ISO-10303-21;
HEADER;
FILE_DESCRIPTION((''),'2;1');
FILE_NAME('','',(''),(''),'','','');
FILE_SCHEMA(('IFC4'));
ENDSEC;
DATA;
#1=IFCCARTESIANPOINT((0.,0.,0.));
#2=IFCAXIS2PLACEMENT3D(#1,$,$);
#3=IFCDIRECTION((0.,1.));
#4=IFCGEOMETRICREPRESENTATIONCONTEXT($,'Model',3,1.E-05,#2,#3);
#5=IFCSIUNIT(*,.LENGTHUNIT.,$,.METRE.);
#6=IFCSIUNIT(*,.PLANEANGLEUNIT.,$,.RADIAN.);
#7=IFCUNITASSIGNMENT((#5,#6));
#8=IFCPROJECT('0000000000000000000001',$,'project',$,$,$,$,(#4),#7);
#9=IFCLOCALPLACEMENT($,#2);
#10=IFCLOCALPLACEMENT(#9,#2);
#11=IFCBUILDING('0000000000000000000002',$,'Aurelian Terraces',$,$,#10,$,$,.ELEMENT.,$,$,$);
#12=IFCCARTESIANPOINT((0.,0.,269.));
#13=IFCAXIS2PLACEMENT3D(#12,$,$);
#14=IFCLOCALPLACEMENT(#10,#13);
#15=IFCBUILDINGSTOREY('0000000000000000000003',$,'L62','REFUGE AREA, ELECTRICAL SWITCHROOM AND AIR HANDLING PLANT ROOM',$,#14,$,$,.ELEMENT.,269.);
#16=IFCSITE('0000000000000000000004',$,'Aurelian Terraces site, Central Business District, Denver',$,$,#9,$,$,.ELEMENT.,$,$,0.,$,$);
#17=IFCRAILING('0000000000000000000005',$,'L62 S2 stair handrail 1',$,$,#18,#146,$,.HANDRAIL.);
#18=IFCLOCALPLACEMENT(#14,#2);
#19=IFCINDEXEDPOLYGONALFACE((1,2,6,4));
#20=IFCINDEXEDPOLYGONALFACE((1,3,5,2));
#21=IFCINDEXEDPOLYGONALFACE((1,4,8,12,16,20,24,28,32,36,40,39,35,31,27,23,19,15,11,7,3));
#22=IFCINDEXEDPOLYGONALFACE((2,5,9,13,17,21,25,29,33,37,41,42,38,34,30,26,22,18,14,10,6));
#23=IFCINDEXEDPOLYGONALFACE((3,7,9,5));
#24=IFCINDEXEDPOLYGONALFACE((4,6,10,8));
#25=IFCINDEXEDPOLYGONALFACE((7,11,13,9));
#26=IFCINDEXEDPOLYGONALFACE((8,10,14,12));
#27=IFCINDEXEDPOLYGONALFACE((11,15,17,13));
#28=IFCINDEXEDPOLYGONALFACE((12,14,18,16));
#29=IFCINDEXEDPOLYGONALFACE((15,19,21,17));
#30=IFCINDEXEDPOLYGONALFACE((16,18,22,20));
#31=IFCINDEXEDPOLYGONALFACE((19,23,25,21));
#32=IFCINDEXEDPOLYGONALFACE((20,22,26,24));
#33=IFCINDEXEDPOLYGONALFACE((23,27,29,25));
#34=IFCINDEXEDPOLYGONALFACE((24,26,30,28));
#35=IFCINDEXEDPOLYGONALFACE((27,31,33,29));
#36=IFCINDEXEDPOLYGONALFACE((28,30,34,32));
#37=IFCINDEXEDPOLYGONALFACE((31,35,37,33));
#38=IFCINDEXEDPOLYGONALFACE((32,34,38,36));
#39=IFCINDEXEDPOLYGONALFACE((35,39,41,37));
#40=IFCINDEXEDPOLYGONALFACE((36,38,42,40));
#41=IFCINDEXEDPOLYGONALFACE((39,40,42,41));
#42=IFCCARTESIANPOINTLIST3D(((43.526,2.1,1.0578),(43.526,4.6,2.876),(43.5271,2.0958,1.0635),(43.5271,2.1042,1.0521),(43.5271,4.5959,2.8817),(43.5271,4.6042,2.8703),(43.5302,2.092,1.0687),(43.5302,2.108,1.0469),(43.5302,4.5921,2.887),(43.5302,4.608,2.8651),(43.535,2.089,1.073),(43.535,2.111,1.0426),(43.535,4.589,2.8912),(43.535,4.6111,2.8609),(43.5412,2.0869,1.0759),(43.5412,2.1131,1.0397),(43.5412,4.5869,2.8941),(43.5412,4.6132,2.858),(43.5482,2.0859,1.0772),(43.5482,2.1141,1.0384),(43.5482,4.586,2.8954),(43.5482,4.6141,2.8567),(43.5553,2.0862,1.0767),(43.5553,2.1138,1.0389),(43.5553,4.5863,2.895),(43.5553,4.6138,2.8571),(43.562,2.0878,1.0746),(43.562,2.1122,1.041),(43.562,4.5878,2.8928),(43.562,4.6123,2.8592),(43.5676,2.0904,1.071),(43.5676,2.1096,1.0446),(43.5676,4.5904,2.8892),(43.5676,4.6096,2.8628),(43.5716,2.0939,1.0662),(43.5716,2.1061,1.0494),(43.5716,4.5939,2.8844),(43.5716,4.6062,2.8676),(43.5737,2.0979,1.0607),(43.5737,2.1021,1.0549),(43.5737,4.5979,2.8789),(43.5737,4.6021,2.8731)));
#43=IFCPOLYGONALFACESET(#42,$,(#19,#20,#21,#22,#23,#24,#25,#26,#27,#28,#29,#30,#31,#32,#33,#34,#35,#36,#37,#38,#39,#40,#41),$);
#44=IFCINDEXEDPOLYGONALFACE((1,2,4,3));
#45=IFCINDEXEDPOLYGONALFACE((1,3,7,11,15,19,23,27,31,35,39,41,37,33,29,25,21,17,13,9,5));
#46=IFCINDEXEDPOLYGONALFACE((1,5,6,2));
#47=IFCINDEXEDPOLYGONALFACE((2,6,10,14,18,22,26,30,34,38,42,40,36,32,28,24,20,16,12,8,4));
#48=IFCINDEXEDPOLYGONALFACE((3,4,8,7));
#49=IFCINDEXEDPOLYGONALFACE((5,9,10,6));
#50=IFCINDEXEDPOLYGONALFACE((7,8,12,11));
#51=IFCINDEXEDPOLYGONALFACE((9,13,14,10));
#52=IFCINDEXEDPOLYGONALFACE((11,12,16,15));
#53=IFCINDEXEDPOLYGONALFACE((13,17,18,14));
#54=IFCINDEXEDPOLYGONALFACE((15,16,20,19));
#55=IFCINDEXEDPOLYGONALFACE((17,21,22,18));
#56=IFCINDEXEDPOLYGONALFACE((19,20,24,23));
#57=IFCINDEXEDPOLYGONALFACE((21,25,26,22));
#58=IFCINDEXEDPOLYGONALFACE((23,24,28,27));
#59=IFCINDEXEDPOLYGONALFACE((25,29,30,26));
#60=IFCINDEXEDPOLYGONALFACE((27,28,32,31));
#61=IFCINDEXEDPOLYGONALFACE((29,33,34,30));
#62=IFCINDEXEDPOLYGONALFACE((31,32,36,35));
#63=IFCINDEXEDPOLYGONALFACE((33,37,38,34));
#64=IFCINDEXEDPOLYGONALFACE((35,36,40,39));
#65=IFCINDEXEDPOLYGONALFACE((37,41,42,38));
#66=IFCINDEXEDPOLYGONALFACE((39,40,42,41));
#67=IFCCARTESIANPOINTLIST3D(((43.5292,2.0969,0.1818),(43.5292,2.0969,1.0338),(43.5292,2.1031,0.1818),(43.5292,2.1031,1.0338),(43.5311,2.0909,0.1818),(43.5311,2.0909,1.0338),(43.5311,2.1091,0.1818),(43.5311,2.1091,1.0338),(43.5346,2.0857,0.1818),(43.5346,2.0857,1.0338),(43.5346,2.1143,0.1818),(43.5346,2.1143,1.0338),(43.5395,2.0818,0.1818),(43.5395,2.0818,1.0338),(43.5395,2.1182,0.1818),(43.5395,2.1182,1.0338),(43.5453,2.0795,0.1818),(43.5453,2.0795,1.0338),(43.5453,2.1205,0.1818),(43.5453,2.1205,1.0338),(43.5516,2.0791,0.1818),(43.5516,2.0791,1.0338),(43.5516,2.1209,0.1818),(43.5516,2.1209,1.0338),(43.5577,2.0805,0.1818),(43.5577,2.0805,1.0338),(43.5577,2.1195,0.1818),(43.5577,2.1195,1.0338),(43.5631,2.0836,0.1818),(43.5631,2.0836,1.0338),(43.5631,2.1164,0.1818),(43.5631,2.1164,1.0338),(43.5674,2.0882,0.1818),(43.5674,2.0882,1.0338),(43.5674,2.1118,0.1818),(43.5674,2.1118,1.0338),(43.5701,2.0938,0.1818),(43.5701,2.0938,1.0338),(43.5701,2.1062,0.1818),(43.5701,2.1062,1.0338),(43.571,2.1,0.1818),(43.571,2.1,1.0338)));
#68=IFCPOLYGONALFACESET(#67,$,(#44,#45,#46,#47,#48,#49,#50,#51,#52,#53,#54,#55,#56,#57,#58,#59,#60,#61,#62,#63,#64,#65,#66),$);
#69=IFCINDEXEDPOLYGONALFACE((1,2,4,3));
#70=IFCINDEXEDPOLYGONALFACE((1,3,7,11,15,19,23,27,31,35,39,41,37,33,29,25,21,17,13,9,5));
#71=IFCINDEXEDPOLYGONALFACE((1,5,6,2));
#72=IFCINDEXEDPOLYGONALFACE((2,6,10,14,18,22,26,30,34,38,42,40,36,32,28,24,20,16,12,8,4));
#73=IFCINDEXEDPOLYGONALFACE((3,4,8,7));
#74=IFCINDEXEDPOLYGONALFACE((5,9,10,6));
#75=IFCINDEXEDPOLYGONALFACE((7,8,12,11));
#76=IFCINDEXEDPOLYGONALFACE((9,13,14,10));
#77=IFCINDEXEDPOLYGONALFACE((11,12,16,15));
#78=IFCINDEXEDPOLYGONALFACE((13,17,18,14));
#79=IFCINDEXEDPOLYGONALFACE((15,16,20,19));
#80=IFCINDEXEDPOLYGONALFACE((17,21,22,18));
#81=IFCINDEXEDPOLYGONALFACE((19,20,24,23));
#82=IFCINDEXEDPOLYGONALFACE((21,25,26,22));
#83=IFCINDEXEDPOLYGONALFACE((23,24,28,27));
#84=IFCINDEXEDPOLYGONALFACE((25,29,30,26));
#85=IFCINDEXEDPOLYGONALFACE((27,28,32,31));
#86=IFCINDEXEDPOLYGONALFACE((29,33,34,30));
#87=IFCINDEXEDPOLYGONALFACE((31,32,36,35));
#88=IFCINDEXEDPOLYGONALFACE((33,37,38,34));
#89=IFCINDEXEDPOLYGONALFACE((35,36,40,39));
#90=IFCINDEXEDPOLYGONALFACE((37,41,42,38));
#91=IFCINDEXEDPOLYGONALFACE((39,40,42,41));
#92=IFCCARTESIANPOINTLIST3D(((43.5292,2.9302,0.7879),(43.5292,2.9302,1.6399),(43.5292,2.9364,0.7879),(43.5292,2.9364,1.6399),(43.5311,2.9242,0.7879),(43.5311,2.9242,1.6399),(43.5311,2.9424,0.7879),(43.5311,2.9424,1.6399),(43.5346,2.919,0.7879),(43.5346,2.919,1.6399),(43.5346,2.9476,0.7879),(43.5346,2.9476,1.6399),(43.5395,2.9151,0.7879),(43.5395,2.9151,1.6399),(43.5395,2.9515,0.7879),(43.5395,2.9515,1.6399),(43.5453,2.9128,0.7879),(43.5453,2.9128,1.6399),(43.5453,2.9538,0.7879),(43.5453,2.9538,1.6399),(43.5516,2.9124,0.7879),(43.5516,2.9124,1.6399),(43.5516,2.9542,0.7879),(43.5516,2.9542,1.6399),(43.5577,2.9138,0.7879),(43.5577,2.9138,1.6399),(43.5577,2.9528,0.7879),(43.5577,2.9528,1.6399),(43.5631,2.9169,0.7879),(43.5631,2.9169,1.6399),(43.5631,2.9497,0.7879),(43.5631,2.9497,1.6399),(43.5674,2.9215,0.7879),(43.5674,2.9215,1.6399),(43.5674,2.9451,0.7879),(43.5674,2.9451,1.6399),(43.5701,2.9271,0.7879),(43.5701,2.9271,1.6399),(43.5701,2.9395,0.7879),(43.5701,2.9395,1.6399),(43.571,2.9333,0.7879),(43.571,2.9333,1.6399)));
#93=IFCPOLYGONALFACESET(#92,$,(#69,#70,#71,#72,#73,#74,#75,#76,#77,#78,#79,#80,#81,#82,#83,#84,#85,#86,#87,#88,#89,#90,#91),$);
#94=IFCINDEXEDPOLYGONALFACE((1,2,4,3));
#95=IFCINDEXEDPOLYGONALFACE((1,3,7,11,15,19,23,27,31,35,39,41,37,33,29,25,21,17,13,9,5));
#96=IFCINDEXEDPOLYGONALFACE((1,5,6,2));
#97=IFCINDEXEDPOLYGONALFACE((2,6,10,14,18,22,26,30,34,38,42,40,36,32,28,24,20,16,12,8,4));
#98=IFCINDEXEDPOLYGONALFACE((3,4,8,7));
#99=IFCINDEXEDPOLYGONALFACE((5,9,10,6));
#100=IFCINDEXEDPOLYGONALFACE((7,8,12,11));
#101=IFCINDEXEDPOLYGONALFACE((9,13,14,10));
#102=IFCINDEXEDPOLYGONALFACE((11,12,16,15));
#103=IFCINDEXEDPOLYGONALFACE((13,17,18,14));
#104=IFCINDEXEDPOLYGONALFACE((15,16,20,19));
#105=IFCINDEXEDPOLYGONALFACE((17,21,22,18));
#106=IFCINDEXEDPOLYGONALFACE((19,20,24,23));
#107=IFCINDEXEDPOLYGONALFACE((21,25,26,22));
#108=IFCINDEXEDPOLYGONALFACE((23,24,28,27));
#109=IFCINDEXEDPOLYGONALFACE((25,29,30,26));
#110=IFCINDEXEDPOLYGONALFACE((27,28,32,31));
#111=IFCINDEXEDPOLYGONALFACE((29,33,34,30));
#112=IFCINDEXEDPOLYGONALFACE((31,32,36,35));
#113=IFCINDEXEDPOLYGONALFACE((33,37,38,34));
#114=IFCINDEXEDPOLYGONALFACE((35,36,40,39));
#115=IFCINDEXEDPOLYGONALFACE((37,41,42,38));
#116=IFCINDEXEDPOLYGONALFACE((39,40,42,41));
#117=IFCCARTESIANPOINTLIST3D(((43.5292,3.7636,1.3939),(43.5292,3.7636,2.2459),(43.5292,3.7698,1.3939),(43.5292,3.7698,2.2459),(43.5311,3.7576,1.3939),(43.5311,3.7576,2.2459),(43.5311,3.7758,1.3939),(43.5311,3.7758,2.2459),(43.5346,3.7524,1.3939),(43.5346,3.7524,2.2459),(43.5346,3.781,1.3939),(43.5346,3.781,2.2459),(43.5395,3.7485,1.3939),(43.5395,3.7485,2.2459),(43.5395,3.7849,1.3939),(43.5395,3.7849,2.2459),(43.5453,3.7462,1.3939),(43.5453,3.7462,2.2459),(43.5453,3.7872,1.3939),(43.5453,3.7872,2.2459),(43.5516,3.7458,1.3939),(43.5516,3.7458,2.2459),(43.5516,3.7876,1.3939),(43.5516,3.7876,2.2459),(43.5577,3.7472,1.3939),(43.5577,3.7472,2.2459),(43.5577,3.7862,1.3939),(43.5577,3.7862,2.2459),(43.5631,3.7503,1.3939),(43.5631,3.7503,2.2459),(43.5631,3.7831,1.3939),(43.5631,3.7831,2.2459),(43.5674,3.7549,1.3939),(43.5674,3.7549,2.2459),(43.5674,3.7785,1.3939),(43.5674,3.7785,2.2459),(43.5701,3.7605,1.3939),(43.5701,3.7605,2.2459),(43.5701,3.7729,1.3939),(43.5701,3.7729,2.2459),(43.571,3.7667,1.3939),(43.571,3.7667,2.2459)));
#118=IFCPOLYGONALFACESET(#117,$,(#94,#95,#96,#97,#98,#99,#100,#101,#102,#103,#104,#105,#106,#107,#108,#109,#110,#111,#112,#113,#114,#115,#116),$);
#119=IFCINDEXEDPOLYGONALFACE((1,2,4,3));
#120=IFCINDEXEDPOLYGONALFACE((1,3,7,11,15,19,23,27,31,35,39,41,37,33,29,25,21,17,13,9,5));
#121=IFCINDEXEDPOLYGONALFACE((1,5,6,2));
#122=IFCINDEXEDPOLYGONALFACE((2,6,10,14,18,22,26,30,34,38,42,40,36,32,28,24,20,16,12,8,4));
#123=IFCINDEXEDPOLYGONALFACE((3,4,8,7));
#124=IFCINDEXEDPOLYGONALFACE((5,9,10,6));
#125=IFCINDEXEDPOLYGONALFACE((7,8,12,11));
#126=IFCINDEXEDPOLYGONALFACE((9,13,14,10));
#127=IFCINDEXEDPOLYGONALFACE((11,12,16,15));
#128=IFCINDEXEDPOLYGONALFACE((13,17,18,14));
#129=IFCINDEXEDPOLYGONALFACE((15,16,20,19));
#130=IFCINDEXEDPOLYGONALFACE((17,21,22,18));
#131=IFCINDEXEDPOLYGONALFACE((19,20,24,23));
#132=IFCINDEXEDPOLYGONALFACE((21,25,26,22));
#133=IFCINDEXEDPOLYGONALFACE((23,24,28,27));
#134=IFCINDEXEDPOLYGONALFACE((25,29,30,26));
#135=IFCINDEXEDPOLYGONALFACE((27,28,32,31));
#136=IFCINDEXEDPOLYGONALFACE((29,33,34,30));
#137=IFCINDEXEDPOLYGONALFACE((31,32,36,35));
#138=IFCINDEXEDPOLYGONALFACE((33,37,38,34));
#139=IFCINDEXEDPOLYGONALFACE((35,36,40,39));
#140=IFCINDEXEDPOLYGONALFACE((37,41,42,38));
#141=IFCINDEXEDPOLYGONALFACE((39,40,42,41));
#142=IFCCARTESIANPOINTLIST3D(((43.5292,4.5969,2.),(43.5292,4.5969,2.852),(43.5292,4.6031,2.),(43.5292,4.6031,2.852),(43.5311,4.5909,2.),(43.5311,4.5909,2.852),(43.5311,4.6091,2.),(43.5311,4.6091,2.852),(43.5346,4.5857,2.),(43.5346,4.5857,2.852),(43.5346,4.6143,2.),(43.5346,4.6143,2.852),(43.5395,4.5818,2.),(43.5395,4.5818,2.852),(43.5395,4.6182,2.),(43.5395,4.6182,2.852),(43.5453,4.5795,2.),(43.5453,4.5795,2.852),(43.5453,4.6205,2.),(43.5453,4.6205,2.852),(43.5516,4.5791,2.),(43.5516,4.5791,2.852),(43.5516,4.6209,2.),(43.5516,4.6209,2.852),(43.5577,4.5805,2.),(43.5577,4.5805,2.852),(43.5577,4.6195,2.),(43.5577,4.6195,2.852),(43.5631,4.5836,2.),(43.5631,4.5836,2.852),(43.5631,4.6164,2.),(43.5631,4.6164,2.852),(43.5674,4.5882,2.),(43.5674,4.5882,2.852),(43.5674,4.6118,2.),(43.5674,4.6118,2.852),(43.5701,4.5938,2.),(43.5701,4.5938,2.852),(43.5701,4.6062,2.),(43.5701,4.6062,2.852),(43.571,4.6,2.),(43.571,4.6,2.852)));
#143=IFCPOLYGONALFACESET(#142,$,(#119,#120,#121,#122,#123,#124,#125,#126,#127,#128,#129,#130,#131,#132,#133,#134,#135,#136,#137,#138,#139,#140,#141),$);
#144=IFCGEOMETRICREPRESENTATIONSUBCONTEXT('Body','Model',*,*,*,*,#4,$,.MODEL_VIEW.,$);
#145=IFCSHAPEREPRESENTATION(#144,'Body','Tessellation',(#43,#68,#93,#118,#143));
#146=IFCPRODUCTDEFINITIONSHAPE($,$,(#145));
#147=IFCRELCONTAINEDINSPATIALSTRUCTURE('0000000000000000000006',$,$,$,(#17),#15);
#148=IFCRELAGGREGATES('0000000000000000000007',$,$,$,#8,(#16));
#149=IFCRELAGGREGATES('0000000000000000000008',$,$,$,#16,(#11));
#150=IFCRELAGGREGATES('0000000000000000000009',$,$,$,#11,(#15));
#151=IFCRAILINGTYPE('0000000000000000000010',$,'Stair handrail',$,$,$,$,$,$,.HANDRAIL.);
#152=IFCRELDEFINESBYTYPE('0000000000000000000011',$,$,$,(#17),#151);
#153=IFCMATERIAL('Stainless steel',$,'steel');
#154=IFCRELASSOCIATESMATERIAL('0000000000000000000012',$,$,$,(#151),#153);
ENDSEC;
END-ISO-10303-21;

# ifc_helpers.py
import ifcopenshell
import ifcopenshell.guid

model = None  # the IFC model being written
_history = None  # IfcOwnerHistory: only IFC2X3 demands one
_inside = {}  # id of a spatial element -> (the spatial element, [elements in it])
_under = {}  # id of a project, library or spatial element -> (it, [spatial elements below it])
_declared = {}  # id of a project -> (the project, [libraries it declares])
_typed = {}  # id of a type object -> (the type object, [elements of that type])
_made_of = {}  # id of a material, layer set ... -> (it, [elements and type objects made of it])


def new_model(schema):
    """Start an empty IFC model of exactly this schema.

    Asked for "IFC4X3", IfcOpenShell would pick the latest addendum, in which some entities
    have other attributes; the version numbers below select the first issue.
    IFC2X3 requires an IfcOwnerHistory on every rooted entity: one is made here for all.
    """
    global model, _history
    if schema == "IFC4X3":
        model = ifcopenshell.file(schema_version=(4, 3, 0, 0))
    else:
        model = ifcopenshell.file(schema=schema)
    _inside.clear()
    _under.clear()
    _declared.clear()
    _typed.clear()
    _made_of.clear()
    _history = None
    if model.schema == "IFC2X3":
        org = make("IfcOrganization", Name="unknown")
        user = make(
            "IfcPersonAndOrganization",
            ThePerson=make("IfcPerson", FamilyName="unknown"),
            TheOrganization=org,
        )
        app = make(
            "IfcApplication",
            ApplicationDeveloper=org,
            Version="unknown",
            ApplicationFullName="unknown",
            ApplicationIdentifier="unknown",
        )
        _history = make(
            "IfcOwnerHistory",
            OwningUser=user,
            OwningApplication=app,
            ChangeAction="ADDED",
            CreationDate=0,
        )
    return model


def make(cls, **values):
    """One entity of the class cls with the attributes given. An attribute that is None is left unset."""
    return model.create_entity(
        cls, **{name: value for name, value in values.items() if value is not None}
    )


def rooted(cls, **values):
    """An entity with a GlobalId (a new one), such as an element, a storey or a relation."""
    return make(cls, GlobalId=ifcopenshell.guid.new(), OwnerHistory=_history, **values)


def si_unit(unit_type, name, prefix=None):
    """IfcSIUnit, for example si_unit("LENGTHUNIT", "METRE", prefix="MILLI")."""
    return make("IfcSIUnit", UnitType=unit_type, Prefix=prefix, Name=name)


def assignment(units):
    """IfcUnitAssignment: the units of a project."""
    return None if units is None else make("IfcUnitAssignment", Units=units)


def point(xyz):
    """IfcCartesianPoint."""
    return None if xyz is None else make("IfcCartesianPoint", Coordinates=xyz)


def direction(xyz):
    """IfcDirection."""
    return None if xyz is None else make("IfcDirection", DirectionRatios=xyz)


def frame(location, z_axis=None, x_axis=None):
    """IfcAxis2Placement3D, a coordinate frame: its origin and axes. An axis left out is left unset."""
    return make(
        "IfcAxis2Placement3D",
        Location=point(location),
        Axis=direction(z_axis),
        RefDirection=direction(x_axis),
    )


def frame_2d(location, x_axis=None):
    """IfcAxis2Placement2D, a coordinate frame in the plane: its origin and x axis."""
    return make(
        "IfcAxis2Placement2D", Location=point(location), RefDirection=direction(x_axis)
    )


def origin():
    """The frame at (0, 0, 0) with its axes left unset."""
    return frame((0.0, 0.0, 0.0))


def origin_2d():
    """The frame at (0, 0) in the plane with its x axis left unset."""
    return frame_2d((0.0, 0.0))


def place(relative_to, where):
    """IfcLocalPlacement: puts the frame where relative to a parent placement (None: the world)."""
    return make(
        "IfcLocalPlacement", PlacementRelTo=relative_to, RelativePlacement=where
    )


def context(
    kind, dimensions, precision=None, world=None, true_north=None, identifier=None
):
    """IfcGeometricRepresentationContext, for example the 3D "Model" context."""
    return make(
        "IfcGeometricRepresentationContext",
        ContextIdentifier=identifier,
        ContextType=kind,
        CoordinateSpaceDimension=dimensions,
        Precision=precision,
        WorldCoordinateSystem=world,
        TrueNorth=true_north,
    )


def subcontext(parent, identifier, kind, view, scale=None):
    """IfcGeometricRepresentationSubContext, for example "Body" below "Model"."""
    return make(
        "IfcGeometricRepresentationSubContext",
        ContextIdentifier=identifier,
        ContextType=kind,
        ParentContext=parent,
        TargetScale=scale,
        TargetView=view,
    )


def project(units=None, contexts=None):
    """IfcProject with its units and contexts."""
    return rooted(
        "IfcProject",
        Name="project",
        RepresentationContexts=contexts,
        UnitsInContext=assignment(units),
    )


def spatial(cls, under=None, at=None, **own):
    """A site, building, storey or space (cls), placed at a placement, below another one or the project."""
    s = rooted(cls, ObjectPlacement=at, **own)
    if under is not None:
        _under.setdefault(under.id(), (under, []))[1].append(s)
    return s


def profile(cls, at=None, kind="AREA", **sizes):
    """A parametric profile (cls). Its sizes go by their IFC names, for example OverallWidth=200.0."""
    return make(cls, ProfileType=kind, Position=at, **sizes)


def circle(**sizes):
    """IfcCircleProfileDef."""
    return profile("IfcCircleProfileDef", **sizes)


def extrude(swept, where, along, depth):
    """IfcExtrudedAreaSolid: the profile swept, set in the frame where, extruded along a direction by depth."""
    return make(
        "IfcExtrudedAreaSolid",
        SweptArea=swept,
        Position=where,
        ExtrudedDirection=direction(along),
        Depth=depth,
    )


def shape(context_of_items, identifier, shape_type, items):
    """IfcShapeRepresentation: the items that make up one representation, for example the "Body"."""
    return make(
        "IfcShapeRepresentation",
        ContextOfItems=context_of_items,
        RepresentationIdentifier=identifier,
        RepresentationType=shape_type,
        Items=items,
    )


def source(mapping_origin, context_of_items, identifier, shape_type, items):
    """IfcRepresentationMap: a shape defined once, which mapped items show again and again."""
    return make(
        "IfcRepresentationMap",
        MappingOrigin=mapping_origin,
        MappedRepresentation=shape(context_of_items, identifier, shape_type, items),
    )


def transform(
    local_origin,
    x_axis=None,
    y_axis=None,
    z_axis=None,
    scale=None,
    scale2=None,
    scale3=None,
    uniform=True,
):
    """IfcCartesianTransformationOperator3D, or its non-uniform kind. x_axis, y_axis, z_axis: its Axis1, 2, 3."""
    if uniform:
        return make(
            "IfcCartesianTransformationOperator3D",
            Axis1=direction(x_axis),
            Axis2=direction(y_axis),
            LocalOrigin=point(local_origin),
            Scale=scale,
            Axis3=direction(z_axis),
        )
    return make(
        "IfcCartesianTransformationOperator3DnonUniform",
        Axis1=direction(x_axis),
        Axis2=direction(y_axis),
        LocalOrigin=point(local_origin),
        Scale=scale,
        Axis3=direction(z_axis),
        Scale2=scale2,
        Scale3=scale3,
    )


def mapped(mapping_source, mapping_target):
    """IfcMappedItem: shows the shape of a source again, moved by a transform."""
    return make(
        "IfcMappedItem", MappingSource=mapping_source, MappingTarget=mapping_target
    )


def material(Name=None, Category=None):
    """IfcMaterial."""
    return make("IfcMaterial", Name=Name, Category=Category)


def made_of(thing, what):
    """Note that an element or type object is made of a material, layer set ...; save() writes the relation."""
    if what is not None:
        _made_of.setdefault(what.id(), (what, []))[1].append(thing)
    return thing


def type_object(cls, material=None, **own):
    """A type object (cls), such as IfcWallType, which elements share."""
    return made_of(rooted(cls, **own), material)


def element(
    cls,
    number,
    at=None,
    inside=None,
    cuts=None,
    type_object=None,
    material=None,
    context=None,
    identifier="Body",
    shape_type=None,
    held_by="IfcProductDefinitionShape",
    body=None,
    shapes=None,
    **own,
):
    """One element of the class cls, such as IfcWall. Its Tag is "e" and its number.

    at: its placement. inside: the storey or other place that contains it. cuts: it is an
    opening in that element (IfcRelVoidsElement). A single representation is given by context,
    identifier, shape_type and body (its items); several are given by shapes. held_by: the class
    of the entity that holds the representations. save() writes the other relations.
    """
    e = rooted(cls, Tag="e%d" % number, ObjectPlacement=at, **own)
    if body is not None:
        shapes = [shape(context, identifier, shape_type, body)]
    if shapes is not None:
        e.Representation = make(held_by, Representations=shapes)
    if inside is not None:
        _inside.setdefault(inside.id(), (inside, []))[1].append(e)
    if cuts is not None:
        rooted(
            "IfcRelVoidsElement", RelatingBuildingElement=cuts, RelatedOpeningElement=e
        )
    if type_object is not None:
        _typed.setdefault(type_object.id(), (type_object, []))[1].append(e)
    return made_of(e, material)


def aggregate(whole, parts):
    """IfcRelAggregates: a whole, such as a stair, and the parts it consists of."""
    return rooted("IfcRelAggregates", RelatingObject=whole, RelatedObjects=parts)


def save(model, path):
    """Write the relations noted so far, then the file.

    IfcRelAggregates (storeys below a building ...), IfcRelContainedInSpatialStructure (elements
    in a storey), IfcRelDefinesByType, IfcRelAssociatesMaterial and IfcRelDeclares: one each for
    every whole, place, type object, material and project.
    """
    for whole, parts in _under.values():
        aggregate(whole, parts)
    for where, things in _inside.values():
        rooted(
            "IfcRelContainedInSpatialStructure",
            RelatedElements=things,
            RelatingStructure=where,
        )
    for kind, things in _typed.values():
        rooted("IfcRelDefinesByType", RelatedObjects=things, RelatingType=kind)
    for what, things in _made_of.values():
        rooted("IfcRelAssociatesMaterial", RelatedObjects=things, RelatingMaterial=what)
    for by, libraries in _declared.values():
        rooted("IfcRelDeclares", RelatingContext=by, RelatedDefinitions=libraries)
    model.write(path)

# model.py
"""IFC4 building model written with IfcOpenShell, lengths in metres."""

from ifc_helpers import new_model, si_unit, direction, frame, origin, origin_2d, place, context, subcontext, project, spatial, circle, extrude, source, transform, mapped, material, type_object, element, save


model = new_model("IFC4")

# Units and contexts
model_context = context("Model", 3, precision=1e-05, world=origin(), true_north=direction((0.0, 1.0)))
body_context = subcontext(model_context, "Body", "Model", "MODEL_VIEW")
ifc_project = project(units=[si_unit("LENGTHUNIT", "METRE"), si_unit("PLANEANGLEUNIT", "RADIAN")], contexts=[model_context])

# Site, building, storey
site_placement = place(None, origin())
site = spatial("IfcSite", under=ifc_project, at=site_placement, Name="Aurelian Terraces site, Central Business District, Denver", CompositionType="ELEMENT", RefElevation=0.0)
building_placement = place(site_placement, origin())
building = spatial("IfcBuilding", under=site, at=building_placement, Name="Aurelian Terraces", CompositionType="ELEMENT")
storey_placement = place(building_placement, frame((0.0, 0.0, 269.0)))
storey = spatial("IfcBuildingStorey", under=building, at=storey_placement, Name="L62", Description="REFUGE AREA, ELECTRICAL SWITCHROOM AND AIR HANDLING PLANT ROOM", CompositionType="ELEMENT", Elevation=269.0)

# Railing
ifc_material_1 = material(Name="Stainless steel", Category="steel")
railing_type_1 = type_object("IfcRailingType", Name="Stair handrail", PredefinedType="HANDRAIL", material=ifc_material_1)
shared_shape_1 = source(origin(), body_context, "Body", "SweptSolid", [
    extrude(circle(Radius=0.024, at=origin_2d()), frame((0.0, 0.0, 0.876), z_axis=(0.0, 0.808733, 0.588176), x_axis=(-1.0, 0.0, 0.0)), (0.0, 0.0, 1.0), 3.0913),
    extrude(circle(Radius=0.021, at=origin_2d()), origin(), (0.0, 0.0, 1.0), 0.852),
    extrude(circle(Radius=0.021, at=origin_2d()), frame((0.0, 0.8333, 0.6061)), (0.0, 0.0, 1.0), 0.852),
    extrude(circle(Radius=0.021, at=origin_2d()), frame((0.0, 1.6667, 1.2121)), (0.0, 0.0, 1.0), 0.852),
    extrude(circle(Radius=0.021, at=origin_2d()), frame((0.0, 2.5, 1.8182)), (0.0, 0.0, 1.0), 0.852),
])
for number, where, name in (
    (1, (43.55, 2.1, 0.1818), "L62 S2 stair handrail 1"),
):
    element("IfcRailing", number, at=place(storey_placement, frame(where)), inside=storey, type_object=railing_type_1, Name=name, PredefinedType="HANDRAIL", context=body_context, shape_type="MappedRepresentation", body=[
        mapped(shared_shape_1, transform((0.0, 0.0, 0.0), scale=1.0)),
    ])

save(model, "model.ifc")
